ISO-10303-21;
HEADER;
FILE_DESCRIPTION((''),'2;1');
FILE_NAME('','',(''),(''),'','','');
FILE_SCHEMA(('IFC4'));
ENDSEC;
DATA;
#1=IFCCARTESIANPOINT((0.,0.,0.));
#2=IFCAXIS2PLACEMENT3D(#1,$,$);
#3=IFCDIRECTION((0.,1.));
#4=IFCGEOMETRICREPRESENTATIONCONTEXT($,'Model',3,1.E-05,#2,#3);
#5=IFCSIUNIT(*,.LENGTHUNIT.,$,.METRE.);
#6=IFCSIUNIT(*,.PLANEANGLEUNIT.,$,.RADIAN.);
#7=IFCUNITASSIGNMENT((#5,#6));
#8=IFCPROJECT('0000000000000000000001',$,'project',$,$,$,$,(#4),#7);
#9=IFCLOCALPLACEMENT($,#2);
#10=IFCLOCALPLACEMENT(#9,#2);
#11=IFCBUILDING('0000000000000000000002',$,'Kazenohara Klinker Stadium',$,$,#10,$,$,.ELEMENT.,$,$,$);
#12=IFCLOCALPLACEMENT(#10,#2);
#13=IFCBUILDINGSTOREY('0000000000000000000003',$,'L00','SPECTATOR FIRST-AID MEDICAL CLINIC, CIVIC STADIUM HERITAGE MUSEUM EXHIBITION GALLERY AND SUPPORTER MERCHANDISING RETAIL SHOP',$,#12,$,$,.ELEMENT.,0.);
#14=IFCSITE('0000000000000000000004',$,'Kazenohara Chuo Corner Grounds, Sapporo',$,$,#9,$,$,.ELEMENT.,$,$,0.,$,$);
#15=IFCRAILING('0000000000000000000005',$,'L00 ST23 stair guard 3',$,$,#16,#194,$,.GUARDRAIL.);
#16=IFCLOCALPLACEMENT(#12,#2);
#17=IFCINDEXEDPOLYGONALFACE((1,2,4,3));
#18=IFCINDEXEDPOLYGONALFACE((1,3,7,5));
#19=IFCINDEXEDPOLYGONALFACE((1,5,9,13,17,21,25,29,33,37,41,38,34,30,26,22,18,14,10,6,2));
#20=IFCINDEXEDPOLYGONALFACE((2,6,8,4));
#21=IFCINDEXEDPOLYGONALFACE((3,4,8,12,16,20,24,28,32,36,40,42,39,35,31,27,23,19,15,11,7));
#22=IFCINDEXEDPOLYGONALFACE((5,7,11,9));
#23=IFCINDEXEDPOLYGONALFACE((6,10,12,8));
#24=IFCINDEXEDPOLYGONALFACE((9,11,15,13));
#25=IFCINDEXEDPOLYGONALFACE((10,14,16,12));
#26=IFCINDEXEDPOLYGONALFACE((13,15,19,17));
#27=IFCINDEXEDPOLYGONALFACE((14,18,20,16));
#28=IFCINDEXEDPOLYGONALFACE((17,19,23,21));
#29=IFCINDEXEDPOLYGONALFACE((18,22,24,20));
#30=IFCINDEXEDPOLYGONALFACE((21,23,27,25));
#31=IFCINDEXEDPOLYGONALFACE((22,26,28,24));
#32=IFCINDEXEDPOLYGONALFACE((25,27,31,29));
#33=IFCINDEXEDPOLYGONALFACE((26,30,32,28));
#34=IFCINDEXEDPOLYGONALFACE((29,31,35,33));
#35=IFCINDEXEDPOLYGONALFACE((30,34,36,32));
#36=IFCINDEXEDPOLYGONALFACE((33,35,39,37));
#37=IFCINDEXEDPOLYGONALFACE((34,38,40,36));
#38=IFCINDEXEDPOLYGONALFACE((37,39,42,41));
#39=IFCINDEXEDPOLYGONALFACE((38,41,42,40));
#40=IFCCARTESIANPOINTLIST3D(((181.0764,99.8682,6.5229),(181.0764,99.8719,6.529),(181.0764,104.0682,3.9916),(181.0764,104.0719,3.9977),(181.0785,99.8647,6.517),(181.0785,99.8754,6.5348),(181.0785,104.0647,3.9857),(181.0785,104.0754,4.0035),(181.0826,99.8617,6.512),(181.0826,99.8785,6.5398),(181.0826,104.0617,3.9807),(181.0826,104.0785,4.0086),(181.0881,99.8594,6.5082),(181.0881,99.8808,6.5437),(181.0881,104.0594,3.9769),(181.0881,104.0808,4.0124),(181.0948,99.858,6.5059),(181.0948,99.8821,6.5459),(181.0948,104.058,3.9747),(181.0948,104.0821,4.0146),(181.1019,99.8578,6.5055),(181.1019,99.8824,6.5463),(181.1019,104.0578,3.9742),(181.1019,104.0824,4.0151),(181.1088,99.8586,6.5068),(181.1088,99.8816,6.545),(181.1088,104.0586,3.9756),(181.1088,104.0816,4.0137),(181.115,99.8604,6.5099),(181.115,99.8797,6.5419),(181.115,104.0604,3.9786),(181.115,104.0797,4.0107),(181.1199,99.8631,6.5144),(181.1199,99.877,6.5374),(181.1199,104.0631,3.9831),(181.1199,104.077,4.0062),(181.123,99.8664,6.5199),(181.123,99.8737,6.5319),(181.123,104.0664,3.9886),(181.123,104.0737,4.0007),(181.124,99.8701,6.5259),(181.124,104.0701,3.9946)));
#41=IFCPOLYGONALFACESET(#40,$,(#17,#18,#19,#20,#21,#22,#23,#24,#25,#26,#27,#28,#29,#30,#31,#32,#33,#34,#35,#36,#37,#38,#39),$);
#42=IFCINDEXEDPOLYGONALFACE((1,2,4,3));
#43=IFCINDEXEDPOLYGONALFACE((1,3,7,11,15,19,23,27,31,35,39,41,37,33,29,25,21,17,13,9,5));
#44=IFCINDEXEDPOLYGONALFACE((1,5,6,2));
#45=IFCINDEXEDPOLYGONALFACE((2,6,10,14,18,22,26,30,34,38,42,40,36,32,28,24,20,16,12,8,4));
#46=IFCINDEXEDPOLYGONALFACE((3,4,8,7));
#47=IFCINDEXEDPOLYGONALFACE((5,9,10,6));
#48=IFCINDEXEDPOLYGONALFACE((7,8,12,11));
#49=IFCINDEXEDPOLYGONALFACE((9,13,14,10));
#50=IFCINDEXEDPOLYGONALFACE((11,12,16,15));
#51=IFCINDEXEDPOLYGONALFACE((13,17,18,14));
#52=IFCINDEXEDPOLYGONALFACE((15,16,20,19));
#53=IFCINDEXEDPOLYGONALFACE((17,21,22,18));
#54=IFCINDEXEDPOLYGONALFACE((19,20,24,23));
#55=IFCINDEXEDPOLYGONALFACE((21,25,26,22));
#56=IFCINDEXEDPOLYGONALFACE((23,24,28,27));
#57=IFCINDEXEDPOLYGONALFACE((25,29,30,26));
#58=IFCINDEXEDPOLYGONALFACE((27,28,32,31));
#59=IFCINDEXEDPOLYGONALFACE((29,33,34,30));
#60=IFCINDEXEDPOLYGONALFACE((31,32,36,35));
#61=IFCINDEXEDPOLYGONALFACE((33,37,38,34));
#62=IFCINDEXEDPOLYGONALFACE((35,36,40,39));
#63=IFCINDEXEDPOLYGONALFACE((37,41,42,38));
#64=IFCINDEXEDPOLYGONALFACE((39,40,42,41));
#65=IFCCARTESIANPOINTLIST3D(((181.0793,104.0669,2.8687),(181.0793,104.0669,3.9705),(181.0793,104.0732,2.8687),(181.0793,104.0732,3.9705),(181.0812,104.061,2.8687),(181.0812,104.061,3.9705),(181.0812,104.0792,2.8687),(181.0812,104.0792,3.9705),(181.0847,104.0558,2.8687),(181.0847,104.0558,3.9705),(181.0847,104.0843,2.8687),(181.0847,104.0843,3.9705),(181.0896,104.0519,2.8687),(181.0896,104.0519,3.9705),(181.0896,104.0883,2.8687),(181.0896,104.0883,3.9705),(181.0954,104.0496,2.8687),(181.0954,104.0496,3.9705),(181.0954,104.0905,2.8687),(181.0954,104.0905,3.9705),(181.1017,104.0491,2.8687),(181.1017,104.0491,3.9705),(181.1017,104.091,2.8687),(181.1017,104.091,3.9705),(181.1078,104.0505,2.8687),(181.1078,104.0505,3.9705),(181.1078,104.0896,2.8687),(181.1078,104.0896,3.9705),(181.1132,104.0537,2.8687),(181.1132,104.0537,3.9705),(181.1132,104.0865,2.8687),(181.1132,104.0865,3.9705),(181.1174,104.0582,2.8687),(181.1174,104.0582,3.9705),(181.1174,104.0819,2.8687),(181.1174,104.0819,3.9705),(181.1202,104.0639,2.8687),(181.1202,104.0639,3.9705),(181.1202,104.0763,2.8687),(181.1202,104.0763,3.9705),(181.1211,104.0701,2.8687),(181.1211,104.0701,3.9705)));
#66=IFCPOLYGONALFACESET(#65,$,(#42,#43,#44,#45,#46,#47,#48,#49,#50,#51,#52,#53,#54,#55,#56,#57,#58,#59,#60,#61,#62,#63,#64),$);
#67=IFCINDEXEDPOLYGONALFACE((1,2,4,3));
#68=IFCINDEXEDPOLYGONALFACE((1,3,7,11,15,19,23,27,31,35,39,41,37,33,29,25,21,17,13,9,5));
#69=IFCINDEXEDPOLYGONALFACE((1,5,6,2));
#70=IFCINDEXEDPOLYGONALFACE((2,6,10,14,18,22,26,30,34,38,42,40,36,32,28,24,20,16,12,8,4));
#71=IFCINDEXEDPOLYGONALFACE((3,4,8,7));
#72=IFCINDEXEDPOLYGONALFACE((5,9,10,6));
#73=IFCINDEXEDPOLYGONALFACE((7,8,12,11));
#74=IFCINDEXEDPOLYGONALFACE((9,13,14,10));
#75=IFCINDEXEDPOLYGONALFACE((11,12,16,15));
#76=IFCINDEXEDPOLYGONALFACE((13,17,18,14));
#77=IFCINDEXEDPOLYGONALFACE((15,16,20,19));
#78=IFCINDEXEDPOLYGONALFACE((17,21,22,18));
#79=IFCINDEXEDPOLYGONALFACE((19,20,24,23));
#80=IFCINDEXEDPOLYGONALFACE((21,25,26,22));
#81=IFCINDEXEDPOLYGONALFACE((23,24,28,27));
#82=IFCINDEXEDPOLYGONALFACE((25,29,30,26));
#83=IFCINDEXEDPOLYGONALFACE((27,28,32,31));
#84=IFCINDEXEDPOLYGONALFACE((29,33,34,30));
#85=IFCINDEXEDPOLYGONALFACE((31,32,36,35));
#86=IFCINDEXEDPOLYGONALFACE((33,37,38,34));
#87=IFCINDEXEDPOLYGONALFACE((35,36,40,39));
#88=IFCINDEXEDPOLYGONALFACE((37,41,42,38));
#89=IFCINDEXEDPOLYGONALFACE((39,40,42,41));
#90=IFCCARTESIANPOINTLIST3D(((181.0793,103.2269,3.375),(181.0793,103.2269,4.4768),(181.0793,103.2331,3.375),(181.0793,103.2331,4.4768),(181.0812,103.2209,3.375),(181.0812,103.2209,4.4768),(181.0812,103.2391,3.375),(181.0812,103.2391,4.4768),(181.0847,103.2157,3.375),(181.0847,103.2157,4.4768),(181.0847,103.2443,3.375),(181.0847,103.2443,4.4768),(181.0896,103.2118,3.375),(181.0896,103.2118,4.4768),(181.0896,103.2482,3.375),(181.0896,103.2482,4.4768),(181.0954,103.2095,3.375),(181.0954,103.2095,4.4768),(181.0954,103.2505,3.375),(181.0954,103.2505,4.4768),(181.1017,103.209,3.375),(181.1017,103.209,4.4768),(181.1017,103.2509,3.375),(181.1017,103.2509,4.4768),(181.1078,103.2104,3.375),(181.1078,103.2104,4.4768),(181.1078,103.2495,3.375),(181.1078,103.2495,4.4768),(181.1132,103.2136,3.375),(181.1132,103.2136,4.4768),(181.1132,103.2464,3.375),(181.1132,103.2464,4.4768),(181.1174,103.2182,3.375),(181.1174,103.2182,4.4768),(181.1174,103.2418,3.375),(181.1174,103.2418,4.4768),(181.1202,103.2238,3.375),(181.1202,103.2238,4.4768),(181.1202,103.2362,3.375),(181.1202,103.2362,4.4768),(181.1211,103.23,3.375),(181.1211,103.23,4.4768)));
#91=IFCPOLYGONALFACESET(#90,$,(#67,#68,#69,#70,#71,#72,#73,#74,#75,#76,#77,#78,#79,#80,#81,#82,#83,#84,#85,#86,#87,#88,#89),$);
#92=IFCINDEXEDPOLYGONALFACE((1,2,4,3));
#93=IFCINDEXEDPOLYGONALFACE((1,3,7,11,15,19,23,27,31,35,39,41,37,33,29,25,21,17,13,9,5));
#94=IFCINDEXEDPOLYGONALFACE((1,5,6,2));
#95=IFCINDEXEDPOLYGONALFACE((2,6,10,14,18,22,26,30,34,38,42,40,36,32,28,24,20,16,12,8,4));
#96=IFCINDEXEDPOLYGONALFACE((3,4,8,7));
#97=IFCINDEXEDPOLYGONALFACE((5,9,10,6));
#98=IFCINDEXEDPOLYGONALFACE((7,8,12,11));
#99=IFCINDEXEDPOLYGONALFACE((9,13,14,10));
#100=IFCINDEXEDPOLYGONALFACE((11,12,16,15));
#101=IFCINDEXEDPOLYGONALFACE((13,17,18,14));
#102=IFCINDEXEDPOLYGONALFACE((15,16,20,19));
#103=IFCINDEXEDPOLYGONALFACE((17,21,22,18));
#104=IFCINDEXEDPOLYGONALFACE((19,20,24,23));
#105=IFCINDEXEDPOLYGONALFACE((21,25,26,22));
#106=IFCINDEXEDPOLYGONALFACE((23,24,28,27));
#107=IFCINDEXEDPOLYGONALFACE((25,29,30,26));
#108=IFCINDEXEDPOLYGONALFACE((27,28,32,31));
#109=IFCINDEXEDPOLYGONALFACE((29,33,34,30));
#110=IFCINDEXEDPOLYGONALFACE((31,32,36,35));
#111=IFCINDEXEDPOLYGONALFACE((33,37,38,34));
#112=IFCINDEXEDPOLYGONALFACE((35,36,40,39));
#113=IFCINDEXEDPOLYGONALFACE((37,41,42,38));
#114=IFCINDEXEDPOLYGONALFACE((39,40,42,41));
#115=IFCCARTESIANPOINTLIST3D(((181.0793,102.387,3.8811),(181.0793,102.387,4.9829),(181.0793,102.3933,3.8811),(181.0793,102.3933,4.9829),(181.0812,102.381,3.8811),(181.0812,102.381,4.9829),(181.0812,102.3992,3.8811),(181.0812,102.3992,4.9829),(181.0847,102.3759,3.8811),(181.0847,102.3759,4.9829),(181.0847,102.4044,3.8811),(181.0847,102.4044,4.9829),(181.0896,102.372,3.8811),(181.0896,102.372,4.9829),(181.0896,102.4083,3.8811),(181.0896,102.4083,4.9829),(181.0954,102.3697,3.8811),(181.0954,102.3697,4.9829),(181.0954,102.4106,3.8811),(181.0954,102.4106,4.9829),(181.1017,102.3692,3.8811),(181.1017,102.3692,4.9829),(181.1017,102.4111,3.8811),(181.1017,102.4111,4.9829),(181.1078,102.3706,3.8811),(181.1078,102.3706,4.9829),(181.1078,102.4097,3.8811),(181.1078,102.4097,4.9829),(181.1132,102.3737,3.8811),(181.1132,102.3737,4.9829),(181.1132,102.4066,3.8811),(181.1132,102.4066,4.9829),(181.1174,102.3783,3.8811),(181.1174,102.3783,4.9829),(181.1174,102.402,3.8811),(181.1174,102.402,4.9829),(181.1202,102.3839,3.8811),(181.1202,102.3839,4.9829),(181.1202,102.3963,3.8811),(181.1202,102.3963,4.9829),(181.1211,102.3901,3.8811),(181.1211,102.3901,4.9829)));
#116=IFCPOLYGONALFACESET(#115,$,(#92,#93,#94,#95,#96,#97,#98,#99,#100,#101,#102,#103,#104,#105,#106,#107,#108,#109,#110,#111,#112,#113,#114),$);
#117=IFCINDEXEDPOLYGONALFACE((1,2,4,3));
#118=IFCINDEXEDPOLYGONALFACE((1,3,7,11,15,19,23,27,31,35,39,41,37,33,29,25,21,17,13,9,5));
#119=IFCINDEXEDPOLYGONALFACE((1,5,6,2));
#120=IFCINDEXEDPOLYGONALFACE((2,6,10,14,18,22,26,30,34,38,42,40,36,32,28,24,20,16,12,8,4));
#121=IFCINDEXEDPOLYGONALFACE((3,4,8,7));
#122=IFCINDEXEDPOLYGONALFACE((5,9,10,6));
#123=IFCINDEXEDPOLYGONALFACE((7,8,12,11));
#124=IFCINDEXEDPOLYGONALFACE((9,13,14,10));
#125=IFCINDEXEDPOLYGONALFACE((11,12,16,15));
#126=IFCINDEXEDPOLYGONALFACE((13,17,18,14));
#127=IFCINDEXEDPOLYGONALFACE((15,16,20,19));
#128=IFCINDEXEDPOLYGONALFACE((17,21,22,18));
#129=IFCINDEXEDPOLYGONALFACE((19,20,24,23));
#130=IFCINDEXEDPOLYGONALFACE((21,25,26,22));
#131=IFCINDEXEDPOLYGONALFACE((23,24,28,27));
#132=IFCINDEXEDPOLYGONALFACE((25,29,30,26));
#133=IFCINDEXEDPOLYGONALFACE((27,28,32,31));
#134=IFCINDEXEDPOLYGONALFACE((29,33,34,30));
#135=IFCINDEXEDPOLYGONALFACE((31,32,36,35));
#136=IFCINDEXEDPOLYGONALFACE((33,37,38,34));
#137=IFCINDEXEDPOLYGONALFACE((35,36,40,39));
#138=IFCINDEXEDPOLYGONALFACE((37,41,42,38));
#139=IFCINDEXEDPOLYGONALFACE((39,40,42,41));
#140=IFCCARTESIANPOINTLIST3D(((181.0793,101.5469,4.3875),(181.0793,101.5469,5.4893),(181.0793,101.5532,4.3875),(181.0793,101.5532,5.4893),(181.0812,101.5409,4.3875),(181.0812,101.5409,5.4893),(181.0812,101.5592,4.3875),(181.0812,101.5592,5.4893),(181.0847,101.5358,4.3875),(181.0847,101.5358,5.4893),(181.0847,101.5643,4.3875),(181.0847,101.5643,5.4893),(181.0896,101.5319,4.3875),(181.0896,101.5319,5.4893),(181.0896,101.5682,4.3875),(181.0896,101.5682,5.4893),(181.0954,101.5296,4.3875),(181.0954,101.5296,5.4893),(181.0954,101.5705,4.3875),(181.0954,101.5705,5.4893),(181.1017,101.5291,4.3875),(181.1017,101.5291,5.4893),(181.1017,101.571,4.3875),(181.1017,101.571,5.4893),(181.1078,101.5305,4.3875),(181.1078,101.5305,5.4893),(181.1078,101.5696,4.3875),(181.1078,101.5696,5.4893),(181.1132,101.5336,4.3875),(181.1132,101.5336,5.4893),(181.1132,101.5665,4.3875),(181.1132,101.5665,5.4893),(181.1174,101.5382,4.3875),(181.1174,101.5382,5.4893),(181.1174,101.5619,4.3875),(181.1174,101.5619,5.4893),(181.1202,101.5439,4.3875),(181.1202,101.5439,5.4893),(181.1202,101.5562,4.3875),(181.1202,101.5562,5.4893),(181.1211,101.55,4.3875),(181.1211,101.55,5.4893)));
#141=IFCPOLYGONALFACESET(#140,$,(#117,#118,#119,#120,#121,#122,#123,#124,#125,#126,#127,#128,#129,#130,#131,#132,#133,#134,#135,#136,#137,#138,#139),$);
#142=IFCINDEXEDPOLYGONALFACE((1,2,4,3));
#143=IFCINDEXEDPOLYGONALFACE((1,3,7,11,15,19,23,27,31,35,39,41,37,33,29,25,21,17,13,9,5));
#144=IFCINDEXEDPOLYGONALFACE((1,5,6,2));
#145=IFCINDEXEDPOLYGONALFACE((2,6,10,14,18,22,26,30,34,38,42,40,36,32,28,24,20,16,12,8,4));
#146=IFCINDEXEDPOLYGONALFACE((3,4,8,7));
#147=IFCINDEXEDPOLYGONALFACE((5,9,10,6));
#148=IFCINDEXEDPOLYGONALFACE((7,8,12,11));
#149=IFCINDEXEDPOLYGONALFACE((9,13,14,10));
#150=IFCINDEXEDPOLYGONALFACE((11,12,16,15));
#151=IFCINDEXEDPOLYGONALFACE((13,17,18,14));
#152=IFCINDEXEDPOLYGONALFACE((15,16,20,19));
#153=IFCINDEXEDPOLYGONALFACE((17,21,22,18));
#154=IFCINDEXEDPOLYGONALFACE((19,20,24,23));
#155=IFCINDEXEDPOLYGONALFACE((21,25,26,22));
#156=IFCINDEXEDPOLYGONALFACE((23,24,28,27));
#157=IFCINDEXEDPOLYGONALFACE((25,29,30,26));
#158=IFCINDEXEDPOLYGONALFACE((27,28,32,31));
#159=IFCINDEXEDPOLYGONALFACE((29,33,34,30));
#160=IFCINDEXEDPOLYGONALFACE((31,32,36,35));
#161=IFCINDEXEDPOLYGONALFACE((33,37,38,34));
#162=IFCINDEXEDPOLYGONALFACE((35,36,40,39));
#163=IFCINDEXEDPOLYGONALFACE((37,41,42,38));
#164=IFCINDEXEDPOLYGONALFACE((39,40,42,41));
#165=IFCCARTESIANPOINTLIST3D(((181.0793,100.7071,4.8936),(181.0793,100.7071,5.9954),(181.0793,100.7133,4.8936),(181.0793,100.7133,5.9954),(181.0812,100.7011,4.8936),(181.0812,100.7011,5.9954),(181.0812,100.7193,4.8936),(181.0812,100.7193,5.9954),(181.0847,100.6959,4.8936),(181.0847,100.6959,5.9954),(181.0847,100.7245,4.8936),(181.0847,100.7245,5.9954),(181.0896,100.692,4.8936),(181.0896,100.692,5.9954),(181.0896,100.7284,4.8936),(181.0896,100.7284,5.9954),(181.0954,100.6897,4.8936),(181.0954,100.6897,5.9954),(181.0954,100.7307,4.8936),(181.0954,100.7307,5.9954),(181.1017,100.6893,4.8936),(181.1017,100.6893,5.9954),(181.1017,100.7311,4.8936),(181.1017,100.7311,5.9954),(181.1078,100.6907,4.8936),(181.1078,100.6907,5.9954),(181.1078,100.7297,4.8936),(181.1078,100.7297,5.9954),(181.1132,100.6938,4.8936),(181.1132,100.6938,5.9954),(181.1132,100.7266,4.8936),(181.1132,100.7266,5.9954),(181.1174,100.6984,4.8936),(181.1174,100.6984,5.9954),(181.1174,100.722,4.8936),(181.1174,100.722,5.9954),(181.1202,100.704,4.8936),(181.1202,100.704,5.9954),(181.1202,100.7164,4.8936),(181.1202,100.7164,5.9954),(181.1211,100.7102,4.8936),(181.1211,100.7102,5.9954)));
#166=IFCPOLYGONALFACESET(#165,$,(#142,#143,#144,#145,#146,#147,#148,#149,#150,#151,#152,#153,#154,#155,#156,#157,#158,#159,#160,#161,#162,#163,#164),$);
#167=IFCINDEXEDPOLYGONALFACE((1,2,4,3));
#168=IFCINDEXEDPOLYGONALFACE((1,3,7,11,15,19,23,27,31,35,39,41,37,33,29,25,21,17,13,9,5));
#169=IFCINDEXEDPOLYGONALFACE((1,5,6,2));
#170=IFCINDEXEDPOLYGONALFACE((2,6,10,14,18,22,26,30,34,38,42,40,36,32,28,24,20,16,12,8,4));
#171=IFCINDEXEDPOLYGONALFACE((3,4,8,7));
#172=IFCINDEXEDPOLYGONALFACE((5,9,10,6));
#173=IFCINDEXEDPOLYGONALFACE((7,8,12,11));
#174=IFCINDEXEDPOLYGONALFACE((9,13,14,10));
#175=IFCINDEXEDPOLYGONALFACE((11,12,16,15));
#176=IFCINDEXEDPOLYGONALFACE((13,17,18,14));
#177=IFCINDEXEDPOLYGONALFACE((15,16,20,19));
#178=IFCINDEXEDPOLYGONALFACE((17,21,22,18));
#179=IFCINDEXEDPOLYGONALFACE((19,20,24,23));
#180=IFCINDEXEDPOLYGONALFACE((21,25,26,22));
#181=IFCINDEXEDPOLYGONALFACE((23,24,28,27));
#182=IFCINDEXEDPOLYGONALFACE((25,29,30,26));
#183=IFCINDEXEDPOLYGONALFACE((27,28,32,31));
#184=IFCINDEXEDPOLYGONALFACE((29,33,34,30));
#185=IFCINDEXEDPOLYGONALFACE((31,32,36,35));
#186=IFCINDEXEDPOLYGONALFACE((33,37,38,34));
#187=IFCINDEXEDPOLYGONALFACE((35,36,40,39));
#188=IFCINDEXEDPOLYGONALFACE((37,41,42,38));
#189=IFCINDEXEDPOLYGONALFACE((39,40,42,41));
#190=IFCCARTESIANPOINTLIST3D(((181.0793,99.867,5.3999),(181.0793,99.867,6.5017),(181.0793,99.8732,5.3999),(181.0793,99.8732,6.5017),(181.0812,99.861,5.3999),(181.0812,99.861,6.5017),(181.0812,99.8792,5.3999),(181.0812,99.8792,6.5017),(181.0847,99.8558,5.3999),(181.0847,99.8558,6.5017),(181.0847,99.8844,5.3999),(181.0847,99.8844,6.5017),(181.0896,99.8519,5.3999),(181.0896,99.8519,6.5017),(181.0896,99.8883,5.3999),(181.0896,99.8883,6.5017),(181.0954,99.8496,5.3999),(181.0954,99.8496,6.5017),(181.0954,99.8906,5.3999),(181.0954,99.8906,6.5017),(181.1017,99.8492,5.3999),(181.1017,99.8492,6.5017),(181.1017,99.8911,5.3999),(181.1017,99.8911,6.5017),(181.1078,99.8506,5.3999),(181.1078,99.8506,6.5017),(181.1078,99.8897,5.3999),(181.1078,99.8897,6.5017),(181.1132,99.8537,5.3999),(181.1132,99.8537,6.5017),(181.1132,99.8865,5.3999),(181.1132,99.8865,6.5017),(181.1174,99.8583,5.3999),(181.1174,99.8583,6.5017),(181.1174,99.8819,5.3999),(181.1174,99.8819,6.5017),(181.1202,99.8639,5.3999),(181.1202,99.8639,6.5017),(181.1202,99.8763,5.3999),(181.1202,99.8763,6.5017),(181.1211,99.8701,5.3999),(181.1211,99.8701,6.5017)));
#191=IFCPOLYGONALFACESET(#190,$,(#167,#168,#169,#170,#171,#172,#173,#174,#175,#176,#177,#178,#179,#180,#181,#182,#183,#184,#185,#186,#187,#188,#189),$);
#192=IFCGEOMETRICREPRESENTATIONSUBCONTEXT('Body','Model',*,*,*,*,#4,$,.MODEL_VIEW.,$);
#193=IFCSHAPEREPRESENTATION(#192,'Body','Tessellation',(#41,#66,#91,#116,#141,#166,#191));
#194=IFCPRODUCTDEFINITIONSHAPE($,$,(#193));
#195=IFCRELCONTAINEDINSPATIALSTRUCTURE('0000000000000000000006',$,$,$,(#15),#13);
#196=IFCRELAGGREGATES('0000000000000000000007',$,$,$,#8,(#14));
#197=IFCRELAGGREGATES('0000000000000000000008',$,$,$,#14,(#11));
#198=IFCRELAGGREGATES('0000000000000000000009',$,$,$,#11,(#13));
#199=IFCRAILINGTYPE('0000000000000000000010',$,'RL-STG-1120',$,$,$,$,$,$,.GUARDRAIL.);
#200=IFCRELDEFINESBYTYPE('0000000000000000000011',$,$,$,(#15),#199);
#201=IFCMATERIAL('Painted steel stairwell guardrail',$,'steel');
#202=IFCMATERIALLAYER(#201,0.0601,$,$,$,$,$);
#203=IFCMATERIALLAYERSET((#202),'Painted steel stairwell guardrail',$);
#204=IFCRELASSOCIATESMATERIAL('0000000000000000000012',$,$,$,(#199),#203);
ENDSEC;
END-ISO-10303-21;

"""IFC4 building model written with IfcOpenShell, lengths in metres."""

from ifc_helpers import new_model, si_unit, direction, frame, origin, origin_2d, place, context, subcontext, project, spatial, circle, extrude, material, layer, layer_set, type_object, element, save


model = new_model("IFC4")

# Units and contexts
model_context = context("Model", 3, precision=1e-05, world=origin(), true_north=direction((0.0, 1.0)))
body_context = subcontext(model_context, "Body", "Model", "MODEL_VIEW")
ifc_project = project(units=[si_unit("LENGTHUNIT", "METRE"), si_unit("PLANEANGLEUNIT", "RADIAN")], contexts=[model_context])

# Site, building, storey
site_placement = place(None, origin())
site = spatial("IfcSite", under=ifc_project, at=site_placement, Name="Kazenohara Chuo Corner Grounds, Sapporo", CompositionType="ELEMENT", RefElevation=0.0)
building_placement = place(site_placement, origin())
building = spatial("IfcBuilding", under=site, at=building_placement, Name="Kazenohara Klinker Stadium", CompositionType="ELEMENT")
storey_placement = place(building_placement, origin())
storey = spatial("IfcBuildingStorey", under=building, at=storey_placement, Name="L00", Description="SPECTATOR FIRST-AID MEDICAL CLINIC, CIVIC STADIUM HERITAGE MUSEUM EXHIBITION GALLERY AND SUPPORTER MERCHANDISING RETAIL SHOP", CompositionType="ELEMENT", Elevation=0.0)

# Railing
ifc_material_1 = material(Name="Painted steel stairwell guardrail", Category="steel")
ifc_layer_1 = layer(ifc_material_1, 0.0601)
ifc_layer_set_1 = layer_set([ifc_layer_1], Name="Painted steel stairwell guardrail")
railing_type_1 = type_object("IfcRailingType", Name="RL-STG-1120", PredefinedType="GUARDRAIL", material=ifc_layer_set_1)
railing_1_placement = place(storey_placement, frame((181.1001, 104.0701, 2.8687)))
element("IfcRailing", 1, at=railing_1_placement, inside=storey, type_object=railing_type_1, Name="L00 ST23 stair guard 3", PredefinedType="GUARDRAIL", context=body_context, shape_type="SweptSolid", body=[
    extrude(circle(Radius=0.0239, at=origin_2d()), frame((0.0, 0.0, 1.126), z_axis=(0.0, -0.856476, 0.516186), x_axis=(1.0, 0.0, 0.0)), (0.0, 0.0, 1.0), 4.9038),
    extrude(circle(Radius=0.021, at=origin_2d()), origin(), (0.0, 0.0, 1.0), 1.1018),
    extrude(circle(Radius=0.021, at=origin_2d()), frame((0.0, -0.8401, 0.5063)), (0.0, 0.0, 1.0), 1.1018),
    extrude(circle(Radius=0.021, at=origin_2d()), frame((0.0, -1.6799, 1.0125)), (0.0, 0.0, 1.0), 1.1018),
    extrude(circle(Radius=0.021, at=origin_2d()), frame((0.0, -2.52, 1.5188)), (0.0, 0.0, 1.0), 1.1018),
    extrude(circle(Radius=0.021, at=origin_2d()), frame((0.0, -3.3599, 2.0249)), (0.0, 0.0, 1.0), 1.1018),
    extrude(circle(Radius=0.021, at=origin_2d()), frame((0.0, -4.2, 2.5312)), (0.0, 0.0, 1.0), 1.1018),
])

save(model, "model.ifc")
